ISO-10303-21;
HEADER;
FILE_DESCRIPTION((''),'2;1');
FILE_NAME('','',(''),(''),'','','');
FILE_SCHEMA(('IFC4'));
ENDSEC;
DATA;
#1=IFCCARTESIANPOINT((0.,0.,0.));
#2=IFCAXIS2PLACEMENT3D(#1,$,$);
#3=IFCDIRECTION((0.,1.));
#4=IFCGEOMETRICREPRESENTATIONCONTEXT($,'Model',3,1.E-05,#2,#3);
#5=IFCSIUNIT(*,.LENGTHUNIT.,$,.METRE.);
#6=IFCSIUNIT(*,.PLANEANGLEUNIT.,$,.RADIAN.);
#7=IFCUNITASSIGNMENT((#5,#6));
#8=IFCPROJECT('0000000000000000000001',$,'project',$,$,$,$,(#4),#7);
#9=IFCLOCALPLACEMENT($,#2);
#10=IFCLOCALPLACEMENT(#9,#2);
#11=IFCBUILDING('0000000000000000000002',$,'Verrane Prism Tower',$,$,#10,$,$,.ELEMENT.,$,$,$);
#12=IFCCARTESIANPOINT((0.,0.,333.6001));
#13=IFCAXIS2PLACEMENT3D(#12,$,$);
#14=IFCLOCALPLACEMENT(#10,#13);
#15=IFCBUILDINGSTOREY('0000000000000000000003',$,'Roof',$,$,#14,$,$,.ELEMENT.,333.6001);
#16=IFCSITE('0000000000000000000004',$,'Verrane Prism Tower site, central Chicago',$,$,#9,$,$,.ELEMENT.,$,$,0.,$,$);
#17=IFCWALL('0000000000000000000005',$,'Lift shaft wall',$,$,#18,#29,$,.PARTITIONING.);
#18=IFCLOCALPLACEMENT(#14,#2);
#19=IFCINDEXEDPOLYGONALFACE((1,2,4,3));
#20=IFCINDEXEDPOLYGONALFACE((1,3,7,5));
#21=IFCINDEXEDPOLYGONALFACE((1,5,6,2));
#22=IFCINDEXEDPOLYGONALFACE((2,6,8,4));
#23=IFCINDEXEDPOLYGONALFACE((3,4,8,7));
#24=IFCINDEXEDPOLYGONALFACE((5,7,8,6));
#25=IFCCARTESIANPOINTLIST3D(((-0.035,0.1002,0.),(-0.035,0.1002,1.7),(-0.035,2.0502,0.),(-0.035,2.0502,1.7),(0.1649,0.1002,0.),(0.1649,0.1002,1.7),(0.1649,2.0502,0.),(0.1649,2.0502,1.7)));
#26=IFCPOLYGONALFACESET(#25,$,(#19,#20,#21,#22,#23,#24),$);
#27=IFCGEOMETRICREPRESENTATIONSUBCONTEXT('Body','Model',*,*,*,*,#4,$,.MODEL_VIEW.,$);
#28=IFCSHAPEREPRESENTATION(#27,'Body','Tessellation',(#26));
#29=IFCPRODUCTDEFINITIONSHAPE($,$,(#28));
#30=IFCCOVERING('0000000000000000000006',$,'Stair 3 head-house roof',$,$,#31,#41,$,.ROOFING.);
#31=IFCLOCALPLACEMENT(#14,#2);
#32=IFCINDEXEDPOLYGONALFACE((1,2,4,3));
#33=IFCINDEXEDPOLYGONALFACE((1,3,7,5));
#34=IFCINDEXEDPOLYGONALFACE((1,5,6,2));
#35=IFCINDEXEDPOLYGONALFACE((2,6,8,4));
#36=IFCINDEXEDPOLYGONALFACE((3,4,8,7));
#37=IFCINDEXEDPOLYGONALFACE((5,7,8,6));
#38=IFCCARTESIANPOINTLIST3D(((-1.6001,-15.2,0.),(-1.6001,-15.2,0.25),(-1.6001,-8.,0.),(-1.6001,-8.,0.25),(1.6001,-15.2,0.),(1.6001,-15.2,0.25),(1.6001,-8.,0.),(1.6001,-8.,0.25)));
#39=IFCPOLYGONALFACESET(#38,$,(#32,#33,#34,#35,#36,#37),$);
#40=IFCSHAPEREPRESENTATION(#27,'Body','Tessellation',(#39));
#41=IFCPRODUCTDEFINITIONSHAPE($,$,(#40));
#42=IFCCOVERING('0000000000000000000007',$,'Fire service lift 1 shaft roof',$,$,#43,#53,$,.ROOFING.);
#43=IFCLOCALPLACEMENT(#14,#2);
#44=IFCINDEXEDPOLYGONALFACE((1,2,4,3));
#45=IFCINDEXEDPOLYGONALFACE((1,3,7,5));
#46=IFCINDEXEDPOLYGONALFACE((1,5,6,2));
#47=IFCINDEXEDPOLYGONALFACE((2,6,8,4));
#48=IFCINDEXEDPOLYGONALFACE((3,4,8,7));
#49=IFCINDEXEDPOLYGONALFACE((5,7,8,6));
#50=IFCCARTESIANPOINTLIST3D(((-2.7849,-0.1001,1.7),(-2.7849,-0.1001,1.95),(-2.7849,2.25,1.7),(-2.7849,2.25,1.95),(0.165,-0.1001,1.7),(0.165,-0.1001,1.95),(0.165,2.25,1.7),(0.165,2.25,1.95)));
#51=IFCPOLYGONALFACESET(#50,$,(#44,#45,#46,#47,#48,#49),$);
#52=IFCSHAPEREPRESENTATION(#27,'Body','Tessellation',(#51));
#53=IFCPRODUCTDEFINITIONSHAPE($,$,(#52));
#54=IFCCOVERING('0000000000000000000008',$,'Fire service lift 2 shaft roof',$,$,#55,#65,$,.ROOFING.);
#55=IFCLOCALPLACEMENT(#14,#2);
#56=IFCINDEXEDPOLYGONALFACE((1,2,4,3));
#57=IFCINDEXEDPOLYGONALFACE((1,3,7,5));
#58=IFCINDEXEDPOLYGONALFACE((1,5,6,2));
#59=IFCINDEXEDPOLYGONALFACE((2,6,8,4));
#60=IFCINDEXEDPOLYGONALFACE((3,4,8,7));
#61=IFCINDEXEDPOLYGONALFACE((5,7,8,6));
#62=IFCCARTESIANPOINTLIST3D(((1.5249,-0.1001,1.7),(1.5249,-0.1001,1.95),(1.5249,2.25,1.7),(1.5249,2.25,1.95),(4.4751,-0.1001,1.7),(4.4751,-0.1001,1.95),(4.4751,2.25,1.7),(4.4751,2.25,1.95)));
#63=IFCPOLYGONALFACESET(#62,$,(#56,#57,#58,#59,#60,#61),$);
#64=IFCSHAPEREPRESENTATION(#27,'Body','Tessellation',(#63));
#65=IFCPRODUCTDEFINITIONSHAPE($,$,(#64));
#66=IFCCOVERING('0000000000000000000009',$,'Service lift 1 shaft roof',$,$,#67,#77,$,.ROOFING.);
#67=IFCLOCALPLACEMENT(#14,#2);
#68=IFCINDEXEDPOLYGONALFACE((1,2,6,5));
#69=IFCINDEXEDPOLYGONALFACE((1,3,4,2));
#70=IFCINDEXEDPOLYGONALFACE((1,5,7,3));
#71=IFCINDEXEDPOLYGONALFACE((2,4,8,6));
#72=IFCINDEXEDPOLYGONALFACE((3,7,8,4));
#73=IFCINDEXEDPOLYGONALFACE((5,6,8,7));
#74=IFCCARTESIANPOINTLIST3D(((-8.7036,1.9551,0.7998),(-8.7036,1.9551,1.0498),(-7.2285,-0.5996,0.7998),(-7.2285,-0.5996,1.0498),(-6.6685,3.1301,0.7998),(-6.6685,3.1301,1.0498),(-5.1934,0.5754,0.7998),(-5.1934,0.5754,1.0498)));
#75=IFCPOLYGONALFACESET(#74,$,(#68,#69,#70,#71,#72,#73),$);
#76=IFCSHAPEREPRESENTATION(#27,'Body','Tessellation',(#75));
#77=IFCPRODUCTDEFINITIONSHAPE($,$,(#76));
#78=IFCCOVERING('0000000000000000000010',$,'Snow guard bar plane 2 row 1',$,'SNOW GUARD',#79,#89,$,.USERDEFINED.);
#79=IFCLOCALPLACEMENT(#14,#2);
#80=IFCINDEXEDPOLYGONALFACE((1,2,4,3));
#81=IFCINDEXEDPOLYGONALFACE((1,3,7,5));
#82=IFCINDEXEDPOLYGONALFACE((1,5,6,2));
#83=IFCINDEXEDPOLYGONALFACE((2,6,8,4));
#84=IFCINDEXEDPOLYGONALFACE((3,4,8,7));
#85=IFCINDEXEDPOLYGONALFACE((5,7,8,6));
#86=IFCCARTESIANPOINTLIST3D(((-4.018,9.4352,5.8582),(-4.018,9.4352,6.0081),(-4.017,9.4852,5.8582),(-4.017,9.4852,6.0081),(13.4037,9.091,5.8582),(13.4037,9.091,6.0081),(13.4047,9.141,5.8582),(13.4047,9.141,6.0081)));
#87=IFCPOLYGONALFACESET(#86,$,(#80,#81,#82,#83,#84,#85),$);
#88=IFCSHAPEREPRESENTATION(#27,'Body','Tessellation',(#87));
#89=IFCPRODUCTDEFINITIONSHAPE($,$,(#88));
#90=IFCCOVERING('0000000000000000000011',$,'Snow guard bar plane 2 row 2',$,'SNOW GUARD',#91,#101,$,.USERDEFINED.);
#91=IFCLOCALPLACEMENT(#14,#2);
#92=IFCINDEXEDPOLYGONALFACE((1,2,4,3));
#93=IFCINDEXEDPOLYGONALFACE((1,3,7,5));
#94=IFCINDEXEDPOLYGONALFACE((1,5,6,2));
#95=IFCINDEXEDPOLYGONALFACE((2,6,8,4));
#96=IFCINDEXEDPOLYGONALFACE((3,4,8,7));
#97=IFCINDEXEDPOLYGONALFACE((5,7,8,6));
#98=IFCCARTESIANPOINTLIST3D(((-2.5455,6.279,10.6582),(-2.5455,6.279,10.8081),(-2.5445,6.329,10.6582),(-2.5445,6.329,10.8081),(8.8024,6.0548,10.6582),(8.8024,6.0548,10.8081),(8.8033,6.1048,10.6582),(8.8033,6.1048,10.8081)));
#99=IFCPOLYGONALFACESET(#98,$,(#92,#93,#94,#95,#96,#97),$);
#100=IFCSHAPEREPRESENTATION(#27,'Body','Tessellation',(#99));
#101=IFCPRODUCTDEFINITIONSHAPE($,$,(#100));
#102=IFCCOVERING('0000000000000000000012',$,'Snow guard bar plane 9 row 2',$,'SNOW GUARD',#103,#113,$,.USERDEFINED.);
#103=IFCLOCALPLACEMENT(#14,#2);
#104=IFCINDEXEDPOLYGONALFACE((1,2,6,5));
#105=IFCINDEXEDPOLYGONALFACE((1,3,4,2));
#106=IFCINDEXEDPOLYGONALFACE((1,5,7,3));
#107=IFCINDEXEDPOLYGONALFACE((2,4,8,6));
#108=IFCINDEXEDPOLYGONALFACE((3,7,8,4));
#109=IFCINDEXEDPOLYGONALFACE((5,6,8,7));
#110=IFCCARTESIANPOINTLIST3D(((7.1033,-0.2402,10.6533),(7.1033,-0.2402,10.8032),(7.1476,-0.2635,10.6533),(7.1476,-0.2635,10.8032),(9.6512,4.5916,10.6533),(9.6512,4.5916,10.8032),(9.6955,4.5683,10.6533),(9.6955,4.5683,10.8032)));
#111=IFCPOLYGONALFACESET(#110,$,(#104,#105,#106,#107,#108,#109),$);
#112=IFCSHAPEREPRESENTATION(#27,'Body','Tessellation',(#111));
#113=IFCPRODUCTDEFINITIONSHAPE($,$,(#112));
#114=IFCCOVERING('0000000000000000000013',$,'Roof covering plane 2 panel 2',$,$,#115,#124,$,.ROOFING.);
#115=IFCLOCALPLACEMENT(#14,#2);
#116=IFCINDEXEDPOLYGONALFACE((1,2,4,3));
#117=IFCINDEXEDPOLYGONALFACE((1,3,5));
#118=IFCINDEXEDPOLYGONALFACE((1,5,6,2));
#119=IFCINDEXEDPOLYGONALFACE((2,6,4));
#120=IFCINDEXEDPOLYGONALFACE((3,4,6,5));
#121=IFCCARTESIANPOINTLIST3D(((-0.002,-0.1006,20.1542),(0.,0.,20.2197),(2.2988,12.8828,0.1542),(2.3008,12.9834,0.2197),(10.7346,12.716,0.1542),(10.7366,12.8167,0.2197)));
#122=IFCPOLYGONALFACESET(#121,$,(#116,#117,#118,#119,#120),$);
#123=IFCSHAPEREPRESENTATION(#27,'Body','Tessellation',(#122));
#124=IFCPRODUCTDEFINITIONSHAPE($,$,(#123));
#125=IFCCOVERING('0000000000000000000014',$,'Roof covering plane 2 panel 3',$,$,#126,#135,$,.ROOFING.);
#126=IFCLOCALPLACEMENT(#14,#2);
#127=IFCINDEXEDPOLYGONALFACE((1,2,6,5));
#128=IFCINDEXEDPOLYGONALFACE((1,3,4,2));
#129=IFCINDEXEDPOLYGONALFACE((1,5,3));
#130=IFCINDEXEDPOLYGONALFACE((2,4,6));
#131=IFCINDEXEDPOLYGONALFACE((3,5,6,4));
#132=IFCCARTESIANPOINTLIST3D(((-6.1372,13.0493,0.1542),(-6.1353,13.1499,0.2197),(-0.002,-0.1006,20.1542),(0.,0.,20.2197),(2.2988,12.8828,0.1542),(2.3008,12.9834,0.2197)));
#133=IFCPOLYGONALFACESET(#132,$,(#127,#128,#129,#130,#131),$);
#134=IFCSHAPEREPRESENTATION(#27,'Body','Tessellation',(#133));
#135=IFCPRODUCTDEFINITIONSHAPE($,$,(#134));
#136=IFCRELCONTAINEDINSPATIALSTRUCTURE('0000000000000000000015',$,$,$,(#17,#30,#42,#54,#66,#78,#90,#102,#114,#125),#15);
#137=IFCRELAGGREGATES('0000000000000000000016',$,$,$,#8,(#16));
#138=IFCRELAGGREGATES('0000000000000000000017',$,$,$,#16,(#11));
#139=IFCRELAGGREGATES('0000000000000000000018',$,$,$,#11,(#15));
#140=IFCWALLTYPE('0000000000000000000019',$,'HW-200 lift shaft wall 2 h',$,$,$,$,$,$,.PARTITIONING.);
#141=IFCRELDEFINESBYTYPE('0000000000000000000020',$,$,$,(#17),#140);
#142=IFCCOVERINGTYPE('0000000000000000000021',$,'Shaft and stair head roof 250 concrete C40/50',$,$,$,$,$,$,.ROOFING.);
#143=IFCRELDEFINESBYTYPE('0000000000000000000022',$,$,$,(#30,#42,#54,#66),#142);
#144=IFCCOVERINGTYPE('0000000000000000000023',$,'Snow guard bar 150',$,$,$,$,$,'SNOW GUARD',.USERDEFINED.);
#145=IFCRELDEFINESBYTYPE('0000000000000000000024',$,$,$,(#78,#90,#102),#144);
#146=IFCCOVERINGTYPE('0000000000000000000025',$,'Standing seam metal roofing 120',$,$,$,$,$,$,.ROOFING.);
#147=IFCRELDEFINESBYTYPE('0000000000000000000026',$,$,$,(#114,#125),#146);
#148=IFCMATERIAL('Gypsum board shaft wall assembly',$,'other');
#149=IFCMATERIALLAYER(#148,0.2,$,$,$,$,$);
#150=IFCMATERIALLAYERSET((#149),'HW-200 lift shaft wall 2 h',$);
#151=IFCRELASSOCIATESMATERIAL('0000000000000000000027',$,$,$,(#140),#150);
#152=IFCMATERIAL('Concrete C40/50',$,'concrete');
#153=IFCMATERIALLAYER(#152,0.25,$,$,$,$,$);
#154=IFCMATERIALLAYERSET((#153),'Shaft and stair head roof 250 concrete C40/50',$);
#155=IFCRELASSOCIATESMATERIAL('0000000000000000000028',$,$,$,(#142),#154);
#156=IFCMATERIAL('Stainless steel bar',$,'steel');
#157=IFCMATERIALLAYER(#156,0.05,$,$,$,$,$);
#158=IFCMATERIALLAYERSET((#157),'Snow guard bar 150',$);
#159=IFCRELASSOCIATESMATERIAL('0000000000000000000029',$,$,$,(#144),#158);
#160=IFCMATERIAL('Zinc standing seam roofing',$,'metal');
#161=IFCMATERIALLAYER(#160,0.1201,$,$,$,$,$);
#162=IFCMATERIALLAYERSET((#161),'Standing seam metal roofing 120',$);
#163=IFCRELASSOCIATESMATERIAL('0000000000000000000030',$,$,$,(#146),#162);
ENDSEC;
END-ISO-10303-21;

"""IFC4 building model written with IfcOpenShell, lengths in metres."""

from ifc_helpers import new_model, si_unit, direction, frame, frame_2d, origin, origin_2d, place, context, subcontext, project, spatial, polyline, rectangle, outline, extrude, material, layer, layer_set, type_object, element, save


model = new_model("IFC4")

# Units and contexts
model_context = context("Model", 3, precision=1e-05, world=origin(), true_north=direction((0.0, 1.0)))
body_context = subcontext(model_context, "Body", "Model", "MODEL_VIEW")
ifc_project = project(units=[si_unit("LENGTHUNIT", "METRE"), si_unit("PLANEANGLEUNIT", "RADIAN")], contexts=[model_context])

# Site, building, storey
site_placement = place(None, origin())
site = spatial("IfcSite", under=ifc_project, at=site_placement, Name="Verrane Prism Tower site, central Chicago", CompositionType="ELEMENT", RefElevation=0.0)
building_placement = place(site_placement, origin())
building = spatial("IfcBuilding", under=site, at=building_placement, Name="Verrane Prism Tower", CompositionType="ELEMENT")
storey_placement = place(building_placement, frame((0.0, 0.0, 333.6001)))
storey = spatial("IfcBuildingStorey", under=building, at=storey_placement, Name="Roof", CompositionType="ELEMENT", Elevation=333.6001)

# Wall
ifc_material_1 = material(Name="Gypsum board shaft wall assembly", Category="other")
ifc_layer_1 = layer(ifc_material_1, 0.2)
ifc_layer_set_1 = layer_set([ifc_layer_1], Name="HW-200 lift shaft wall 2 h")
wall_type = type_object("IfcWallType", Name="HW-200 lift shaft wall 2 h", PredefinedType="PARTITIONING", material=ifc_layer_set_1)
for number, where, z_axis, x_axis, name in (
    (1, (0.0649, 0.1001, 0.0), (0.0, 0.0, 1.0), (0.0, 1.0, 0.0), "Lift shaft wall"),
):
    element("IfcWall", number, at=place(storey_placement, frame(where, z_axis=z_axis, x_axis=x_axis)), inside=storey, type_object=wall_type, Name=name, PredefinedType="PARTITIONING", context=body_context, shape_type="SweptSolid", body=[
        extrude(rectangle(XDim=1.95, YDim=0.2, at=frame_2d((0.9751, 0.0))), origin(), (0.0, 0.0, 1.0), 1.7),
    ])

# Coverings
ifc_material_2 = material(Name="Concrete C40/50", Category="concrete")
ifc_layer_2 = layer(ifc_material_2, 0.25)
ifc_layer_set_2 = layer_set([ifc_layer_2], Name="Shaft and stair head roof 250 concrete C40/50")
covering_type_1 = type_object("IfcCoveringType", Name="Shaft and stair head roof 250 concrete C40/50", PredefinedType="ROOFING", material=ifc_layer_set_2)
covering_1_placement = place(storey_placement, origin())
element("IfcCovering", 2, at=covering_1_placement, inside=storey, type_object=covering_type_1, Name="Stair 3 head-house roof", PredefinedType="ROOFING", context=body_context, shape_type="SweptSolid", body=[
    extrude(outline(polyline([(-1.6001, -15.2), (-1.6001, -8.0), (1.6001, -8.0), (1.6001, -15.2), (-1.6001, -15.2)])), origin(), (0.0, 0.0, 1.0), 0.25),
])
covering_2_placement = place(storey_placement, frame((0.0, 0.0, 1.7)))
element("IfcCovering", 3, at=covering_2_placement, inside=storey, type_object=covering_type_1, Name="Fire service lift 1 shaft roof", PredefinedType="ROOFING", context=body_context, shape_type="SweptSolid", body=[
    extrude(outline(polyline([(0.165, 2.25), (0.165, -0.1001), (-2.7849, -0.1001), (-2.7849, 2.25), (0.165, 2.25)])), origin(), (0.0, 0.0, 1.0), 0.25),
])
covering_3_placement = place(storey_placement, frame((0.0, 0.0, 1.7)))
element("IfcCovering", 4, at=covering_3_placement, inside=storey, type_object=covering_type_1, Name="Fire service lift 2 shaft roof", PredefinedType="ROOFING", context=body_context, shape_type="SweptSolid", body=[
    extrude(outline(polyline([(4.4751, 2.25), (4.4751, -0.1001), (1.5249, -0.1001), (1.5249, 2.25), (4.4751, 2.25)])), origin(), (0.0, 0.0, 1.0), 0.25),
])
covering_4_placement = place(storey_placement, frame((0.0, 0.0, 0.7998)))
element("IfcCovering", 5, at=covering_4_placement, inside=storey, type_object=covering_type_1, Name="Service lift 1 shaft roof", PredefinedType="ROOFING", context=body_context, shape_type="SweptSolid", body=[
    extrude(outline(polyline([(-5.1934, 0.5754), (-7.2285, -0.5996), (-8.7036, 1.9551), (-6.6685, 3.1301), (-5.1934, 0.5754)])), origin(), (0.0, 0.0, 1.0), 0.25),
])
ifc_material_3 = material(Name="Stainless steel bar", Category="steel")
ifc_layer_3 = layer(ifc_material_3, 0.05)
ifc_layer_set_3 = layer_set([ifc_layer_3], Name="Snow guard bar 150")
covering_type_2 = type_object("IfcCoveringType", Name="Snow guard bar 150", ElementType="SNOW GUARD", PredefinedType="USERDEFINED", material=ifc_layer_set_3)
covering_5_placement = place(storey_placement, frame((4.6934, 9.2881, 5.8582), z_axis=(0.0, 0.0, 1.0), x_axis=(-0.999805, 0.019752, 0.0)))
element("IfcCovering", 6, at=covering_5_placement, inside=storey, type_object=covering_type_2, Name="Snow guard bar plane 2 row 1", ObjectType="SNOW GUARD", PredefinedType="USERDEFINED", context=body_context, shape_type="SweptSolid", body=[
    extrude(rectangle(XDim=17.425, YDim=0.05, at=origin_2d()), origin(), (0.0, 0.0, 1.0), 0.1499),
])
covering_6_placement = place(storey_placement, frame((3.1289, 6.1919, 10.6582), z_axis=(0.0, 0.0, 1.0), x_axis=(-0.999805, 0.019752, 0.0)))
element("IfcCovering", 7, at=covering_6_placement, inside=storey, type_object=covering_type_2, Name="Snow guard bar plane 2 row 2", ObjectType="SNOW GUARD", PredefinedType="USERDEFINED", context=body_context, shape_type="SweptSolid", body=[
    extrude(rectangle(XDim=11.3501, YDim=0.05, at=origin_2d()), origin(), (0.0, 0.0, 1.0), 0.1499),
])
covering_7_placement = place(storey_placement, frame((8.3994, 2.1641, 10.6533), z_axis=(0.0, 0.0, 1.0), x_axis=(0.466442, 0.884552, 0.0)))
element("IfcCovering", 8, at=covering_7_placement, inside=storey, type_object=covering_type_2, Name="Snow guard bar plane 9 row 2", ObjectType="SNOW GUARD", PredefinedType="USERDEFINED", context=body_context, shape_type="SweptSolid", body=[
    extrude(rectangle(XDim=5.4624, YDim=0.05, at=origin_2d()), origin(), (0.0, 0.0, 1.0), 0.1499),
])
ifc_material_4 = material(Name="Zinc standing seam roofing", Category="metal")
ifc_layer_4 = layer(ifc_material_4, 0.1201)
ifc_layer_set_4 = layer_set([ifc_layer_4], Name="Standing seam metal roofing 120")
covering_type_3 = type_object("IfcCoveringType", Name="Standing seam metal roofing 120", PredefinedType="ROOFING", material=ifc_layer_set_4)
covering_8_placement = place(storey_placement, frame((10.7366, 12.8167, 0.2197), z_axis=(0.01656, 0.837775, 0.545764), x_axis=(-0.999805, 0.019763, 0.0)))
element("IfcCovering", 9, at=covering_8_placement, inside=storey, type_object=covering_type_3, Name="Roof covering plane 2 panel 2", PredefinedType="ROOFING", context=body_context, shape_type="SweptSolid", body=[
    extrude(outline(polyline([(0.0, 0.0), (8.4374, 0.0), (10.4812, 23.8681), (0.0, 0.0)])), origin(), (0.0, 0.0, -1.0), 0.1201),
])
covering_9_placement = place(storey_placement, frame((2.3008, 12.9834, 0.2197), z_axis=(0.016535, 0.837777, 0.545762), x_axis=(-0.999805, 0.019733, 0.0)))
element("IfcCovering", 10, at=covering_9_placement, inside=storey, type_object=covering_type_3, Name="Roof covering plane 2 panel 3", PredefinedType="ROOFING", context=body_context, shape_type="SweptSolid", body=[
    extrude(outline(polyline([(0.0, 0.0), (8.4377, 0.0), (2.0441, 23.868), (0.0, 0.0)])), origin(), (0.0, 0.0, -1.0), 0.1201),
])

save(model, "model.ifc")
